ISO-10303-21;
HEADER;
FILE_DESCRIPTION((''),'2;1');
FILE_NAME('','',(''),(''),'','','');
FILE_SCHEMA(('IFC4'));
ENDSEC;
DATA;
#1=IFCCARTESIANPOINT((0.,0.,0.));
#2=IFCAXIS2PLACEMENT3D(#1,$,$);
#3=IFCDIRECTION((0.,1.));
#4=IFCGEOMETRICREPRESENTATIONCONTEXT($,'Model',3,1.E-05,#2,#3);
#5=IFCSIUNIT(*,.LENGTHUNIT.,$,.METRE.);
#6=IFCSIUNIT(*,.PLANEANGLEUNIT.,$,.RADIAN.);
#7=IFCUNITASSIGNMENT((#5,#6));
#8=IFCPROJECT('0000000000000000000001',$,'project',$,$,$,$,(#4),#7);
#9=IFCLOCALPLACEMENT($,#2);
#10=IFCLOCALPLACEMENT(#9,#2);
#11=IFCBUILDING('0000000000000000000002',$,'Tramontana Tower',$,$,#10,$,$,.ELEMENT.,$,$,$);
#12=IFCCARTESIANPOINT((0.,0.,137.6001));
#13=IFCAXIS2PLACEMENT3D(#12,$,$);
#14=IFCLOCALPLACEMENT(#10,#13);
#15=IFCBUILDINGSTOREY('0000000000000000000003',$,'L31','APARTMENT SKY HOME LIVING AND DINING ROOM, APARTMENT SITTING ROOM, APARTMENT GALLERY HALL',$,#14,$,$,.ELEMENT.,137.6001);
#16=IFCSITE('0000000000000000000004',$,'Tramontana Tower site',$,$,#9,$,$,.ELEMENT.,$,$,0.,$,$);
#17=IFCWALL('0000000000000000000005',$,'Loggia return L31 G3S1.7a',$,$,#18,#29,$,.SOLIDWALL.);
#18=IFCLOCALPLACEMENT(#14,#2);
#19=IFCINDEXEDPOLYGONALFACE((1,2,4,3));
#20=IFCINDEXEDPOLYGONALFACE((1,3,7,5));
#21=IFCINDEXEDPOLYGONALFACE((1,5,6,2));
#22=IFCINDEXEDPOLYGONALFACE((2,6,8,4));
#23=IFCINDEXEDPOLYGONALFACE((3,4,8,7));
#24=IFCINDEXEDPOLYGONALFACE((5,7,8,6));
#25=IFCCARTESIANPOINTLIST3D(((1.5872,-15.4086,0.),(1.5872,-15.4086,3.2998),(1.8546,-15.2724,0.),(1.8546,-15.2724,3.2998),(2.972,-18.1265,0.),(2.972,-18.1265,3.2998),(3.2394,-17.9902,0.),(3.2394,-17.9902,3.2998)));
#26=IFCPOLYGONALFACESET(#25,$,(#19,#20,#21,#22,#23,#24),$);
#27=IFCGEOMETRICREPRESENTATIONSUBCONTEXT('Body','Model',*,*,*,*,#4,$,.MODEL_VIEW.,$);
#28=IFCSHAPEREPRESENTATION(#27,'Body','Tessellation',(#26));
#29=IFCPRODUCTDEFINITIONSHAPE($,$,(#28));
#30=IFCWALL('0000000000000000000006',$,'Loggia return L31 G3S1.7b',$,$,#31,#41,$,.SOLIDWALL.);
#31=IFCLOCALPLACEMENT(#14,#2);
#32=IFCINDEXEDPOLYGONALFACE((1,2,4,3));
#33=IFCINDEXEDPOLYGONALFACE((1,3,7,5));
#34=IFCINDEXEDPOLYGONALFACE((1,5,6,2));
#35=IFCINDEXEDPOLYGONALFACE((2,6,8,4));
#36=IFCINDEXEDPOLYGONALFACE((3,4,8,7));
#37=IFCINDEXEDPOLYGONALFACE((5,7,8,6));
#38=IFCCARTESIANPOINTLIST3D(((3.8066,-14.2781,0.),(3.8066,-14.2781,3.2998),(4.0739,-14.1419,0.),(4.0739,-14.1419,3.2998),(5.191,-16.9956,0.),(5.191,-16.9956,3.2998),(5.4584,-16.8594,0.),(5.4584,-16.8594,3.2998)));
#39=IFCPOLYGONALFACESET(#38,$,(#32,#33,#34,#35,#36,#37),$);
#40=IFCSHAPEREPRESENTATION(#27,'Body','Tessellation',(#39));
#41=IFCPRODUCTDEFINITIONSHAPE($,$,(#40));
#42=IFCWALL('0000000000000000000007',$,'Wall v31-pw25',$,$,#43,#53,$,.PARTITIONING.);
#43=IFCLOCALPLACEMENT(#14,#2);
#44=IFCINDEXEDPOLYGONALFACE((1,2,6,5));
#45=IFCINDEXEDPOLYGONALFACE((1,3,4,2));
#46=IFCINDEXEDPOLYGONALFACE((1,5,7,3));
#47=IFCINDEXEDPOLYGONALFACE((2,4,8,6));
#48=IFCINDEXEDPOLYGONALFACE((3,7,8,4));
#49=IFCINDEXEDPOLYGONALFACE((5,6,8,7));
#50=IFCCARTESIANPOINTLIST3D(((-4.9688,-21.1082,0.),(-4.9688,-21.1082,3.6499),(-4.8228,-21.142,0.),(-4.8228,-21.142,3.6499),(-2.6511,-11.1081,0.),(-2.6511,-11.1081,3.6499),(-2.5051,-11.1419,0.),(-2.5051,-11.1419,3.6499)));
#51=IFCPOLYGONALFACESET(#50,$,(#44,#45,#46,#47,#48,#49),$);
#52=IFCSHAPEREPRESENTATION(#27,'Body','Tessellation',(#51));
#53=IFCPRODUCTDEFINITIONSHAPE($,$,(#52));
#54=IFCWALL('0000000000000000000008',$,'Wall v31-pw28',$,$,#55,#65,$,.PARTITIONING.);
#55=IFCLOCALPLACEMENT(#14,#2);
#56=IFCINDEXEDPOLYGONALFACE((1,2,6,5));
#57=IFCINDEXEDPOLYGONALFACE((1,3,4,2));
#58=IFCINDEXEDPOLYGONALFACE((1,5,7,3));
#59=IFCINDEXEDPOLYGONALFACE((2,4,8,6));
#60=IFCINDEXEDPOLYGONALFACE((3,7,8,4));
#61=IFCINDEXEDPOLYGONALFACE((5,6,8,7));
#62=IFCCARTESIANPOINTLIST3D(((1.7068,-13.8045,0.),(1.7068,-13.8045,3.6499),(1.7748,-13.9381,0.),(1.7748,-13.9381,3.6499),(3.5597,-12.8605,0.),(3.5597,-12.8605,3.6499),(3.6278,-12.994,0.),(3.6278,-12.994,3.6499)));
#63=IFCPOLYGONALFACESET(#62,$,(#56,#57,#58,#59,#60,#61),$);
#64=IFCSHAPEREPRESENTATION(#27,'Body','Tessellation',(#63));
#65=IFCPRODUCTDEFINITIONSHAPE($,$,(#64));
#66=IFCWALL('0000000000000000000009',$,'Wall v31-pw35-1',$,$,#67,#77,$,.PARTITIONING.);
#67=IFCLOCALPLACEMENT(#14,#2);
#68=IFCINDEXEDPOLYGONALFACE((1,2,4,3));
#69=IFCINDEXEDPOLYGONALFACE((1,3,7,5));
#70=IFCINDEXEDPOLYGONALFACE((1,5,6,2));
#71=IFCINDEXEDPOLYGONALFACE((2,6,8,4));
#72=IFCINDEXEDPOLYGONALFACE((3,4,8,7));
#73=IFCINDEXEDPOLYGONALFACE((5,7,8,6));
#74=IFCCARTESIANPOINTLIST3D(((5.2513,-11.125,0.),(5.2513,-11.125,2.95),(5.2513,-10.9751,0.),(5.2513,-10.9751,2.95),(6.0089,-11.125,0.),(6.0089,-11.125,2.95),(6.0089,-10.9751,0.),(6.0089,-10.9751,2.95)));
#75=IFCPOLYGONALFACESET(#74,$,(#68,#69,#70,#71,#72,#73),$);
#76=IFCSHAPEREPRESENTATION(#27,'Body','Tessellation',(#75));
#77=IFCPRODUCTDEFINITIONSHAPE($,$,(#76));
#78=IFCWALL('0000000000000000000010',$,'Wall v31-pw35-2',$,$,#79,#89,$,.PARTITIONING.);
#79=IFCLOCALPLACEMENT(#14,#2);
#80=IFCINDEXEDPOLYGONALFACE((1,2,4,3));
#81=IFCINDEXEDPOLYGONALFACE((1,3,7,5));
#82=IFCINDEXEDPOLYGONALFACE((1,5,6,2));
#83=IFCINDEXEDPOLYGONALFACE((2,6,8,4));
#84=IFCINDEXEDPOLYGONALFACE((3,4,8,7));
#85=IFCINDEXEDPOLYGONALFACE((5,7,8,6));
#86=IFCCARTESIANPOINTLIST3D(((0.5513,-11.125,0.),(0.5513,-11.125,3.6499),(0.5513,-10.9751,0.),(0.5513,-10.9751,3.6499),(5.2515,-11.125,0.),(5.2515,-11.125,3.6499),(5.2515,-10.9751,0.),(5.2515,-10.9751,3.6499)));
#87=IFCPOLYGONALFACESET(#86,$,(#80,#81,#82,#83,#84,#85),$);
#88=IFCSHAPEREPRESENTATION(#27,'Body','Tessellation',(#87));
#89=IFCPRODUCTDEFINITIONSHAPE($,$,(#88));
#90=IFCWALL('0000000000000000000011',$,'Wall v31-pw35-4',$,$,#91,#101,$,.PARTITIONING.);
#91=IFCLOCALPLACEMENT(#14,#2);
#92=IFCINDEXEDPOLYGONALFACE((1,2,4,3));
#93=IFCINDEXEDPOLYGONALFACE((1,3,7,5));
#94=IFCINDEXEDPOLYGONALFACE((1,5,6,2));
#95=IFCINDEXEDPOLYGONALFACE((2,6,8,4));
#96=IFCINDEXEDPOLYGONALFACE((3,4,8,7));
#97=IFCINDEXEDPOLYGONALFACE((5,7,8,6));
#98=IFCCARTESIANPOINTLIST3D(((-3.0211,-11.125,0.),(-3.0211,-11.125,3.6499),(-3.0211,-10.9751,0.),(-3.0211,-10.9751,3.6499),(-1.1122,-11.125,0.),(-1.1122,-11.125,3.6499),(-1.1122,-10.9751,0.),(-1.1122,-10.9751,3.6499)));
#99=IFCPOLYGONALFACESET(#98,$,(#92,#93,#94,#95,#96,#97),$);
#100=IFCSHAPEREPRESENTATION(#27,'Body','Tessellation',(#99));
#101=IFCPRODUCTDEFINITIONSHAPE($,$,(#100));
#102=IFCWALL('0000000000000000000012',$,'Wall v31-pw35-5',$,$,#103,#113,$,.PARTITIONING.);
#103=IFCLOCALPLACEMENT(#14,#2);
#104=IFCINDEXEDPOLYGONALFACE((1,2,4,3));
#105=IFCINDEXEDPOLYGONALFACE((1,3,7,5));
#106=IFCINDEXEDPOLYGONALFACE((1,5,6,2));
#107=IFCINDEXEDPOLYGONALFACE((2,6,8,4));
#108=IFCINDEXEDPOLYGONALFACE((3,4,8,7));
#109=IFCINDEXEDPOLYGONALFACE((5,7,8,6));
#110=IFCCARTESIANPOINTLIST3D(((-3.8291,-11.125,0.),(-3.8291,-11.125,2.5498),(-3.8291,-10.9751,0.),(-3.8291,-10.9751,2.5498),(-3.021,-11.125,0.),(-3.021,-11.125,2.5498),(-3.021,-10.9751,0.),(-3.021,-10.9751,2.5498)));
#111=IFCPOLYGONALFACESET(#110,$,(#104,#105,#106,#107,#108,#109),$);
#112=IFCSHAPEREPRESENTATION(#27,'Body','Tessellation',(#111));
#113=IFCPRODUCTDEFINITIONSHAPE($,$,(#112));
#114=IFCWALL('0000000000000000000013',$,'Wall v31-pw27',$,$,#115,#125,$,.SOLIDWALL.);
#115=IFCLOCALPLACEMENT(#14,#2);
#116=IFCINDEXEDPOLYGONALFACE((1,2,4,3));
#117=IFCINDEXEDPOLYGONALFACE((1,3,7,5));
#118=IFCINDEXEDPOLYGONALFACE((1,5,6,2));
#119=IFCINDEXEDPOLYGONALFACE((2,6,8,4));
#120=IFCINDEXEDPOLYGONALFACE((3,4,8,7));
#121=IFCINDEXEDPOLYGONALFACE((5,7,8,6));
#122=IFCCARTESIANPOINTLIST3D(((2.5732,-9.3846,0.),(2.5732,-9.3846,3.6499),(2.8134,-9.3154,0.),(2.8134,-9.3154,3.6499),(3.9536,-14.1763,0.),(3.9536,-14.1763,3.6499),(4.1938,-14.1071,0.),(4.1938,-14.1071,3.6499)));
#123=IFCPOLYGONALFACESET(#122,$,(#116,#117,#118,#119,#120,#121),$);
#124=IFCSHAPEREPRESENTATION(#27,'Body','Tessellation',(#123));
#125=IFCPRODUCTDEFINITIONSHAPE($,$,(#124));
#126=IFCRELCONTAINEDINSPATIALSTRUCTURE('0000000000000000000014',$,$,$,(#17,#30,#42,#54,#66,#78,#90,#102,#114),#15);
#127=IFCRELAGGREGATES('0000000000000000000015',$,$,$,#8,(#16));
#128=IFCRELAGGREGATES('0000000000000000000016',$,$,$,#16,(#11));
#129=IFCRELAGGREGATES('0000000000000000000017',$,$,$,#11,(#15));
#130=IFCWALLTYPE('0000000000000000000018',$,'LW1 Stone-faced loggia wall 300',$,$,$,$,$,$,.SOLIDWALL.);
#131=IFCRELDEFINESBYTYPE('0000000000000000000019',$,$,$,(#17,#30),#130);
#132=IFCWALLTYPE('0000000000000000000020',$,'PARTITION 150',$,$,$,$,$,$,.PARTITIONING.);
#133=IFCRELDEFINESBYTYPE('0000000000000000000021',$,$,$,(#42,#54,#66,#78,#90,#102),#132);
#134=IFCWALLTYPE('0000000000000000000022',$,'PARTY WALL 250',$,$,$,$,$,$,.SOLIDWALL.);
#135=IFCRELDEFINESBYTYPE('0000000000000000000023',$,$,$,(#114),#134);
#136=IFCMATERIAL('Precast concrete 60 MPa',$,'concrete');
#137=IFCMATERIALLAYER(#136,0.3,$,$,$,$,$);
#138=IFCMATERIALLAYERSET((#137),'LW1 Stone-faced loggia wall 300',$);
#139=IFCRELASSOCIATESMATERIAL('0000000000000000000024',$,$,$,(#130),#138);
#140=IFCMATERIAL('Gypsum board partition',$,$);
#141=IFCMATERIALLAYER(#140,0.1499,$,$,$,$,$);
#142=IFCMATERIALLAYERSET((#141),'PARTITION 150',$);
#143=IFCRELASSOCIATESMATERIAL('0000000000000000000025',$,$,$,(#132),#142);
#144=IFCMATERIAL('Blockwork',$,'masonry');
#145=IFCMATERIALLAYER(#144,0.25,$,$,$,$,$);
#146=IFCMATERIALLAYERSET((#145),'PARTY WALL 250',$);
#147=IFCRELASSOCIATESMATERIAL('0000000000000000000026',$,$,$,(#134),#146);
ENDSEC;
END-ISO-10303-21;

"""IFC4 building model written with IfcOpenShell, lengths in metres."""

from ifc_helpers import new_model, si_unit, direction, frame, frame_2d, origin, place, context, subcontext, project, spatial, rectangle, extrude, material, layer, layer_set, type_object, element, save


model = new_model("IFC4")

# Units and contexts
model_context = context("Model", 3, precision=1e-05, world=origin(), true_north=direction((0.0, 1.0)))
body_context = subcontext(model_context, "Body", "Model", "MODEL_VIEW")
ifc_project = project(units=[si_unit("LENGTHUNIT", "METRE"), si_unit("PLANEANGLEUNIT", "RADIAN")], contexts=[model_context])

# Site, building, storey
site_placement = place(None, origin())
site = spatial("IfcSite", under=ifc_project, at=site_placement, Name="Tramontana Tower site", CompositionType="ELEMENT", RefElevation=0.0)
building_placement = place(site_placement, origin())
building = spatial("IfcBuilding", under=site, at=building_placement, Name="Tramontana Tower", CompositionType="ELEMENT")
storey_placement = place(building_placement, frame((0.0, 0.0, 137.6001)))
storey = spatial("IfcBuildingStorey", under=building, at=storey_placement, Name="L31", Description="APARTMENT SKY HOME LIVING AND DINING ROOM, APARTMENT SITTING ROOM, APARTMENT GALLERY HALL", CompositionType="ELEMENT", Elevation=137.6001)

# Shared definitions
ifc_material_1 = material(Name="Precast concrete 60 MPa", Category="concrete")
ifc_layer_1 = layer(ifc_material_1, 0.3)
ifc_layer_set_1 = layer_set([ifc_layer_1], Name="LW1 Stone-faced loggia wall 300")
wall_type_1 = type_object("IfcWallType", Name="LW1 Stone-faced loggia wall 300", PredefinedType="SOLIDWALL", material=ifc_layer_set_1)

# Walls
wall_1_placement = place(storey_placement, frame((3.1057, -18.0583, 0.0), z_axis=(0.0, 0.0, 1.0), x_axis=(-0.453988, 0.891008, 0.0)))
element("IfcWall", 1, at=wall_1_placement, inside=storey, type_object=wall_type_1, Name="Loggia return L31 G3S1.7a", PredefinedType="SOLIDWALL", context=body_context, shape_type="SweptSolid", body=[
    extrude(rectangle(XDim=3.0503, YDim=0.3, at=frame_2d((1.5251, 0.0))), origin(), (0.0, 0.0, 1.0), 3.2998),
])
wall_2_placement = place(storey_placement, frame((5.3247, -16.9275, 0.0), z_axis=(0.0, 0.0, 1.0), x_axis=(-0.453957, 0.891024, 0.0)))
element("IfcWall", 2, at=wall_2_placement, inside=storey, type_object=wall_type_1, Name="Loggia return L31 G3S1.7b", PredefinedType="SOLIDWALL", context=body_context, shape_type="SweptSolid", body=[
    extrude(rectangle(XDim=3.0498, YDim=0.3, at=frame_2d((1.5249, 0.0))), origin(), (0.0, 0.0, 1.0), 3.2998),
])
ifc_material_2 = material(Name="Gypsum board partition")
ifc_layer_2 = layer(ifc_material_2, 0.1499)
ifc_layer_set_2 = layer_set([ifc_layer_2], Name="PARTITION 150")
wall_type_2 = type_object("IfcWallType", Name="PARTITION 150", PredefinedType="PARTITIONING", material=ifc_layer_set_2)
wall_3_placement = place(storey_placement, frame((-2.5781, -11.125, 0.0), z_axis=(0.0, 0.0, 1.0), x_axis=(-0.225778, -0.974179, 0.0)))
element("IfcWall", 3, at=wall_3_placement, inside=storey, type_object=wall_type_2, Name="Wall v31-pw25", PredefinedType="PARTITIONING", context=body_context, shape_type="SweptSolid", body=[
    extrude(rectangle(XDim=10.2651, YDim=0.1499, at=frame_2d((5.1326, 0.0))), origin(), (0.0, 0.0, 1.0), 3.6499),
])

# Walls
wall_4_placement = place(storey_placement, frame((3.5938, -12.9272, 0.0), z_axis=(0.0, 0.0, 1.0), x_axis=(-0.891021, -0.453963, 0.0)))
element("IfcWall", 4, at=wall_4_placement, inside=storey, type_object=wall_type_2, Name="Wall v31-pw28", PredefinedType="PARTITIONING", context=body_context, shape_type="SweptSolid", body=[
    extrude(rectangle(XDim=2.0796, YDim=0.1499, at=frame_2d((1.0398, 0.0))), origin(), (0.0, 0.0, 1.0), 3.6499),
])
wall_5_placement = place(storey_placement, frame((6.009, -11.05, 0.0), z_axis=(0.0, 0.0, 1.0), x_axis=(-1.0, 0.0, 0.0)))
element("IfcWall", 5, at=wall_5_placement, inside=storey, type_object=wall_type_2, Name="Wall v31-pw35-1", PredefinedType="PARTITIONING", context=body_context, shape_type="SweptSolid", body=[
    extrude(rectangle(XDim=0.7576, YDim=0.1499, at=frame_2d((0.3789, 0.0))), origin(), (0.0, 0.0, 1.0), 2.95),
])
wall_6_placement = place(storey_placement, frame((5.2515, -11.05, 0.0), z_axis=(0.0, 0.0, 1.0), x_axis=(-1.0, 0.0, 0.0)))
element("IfcWall", 6, at=wall_6_placement, inside=storey, type_object=wall_type_2, Name="Wall v31-pw35-2", PredefinedType="PARTITIONING", context=body_context, shape_type="SweptSolid", body=[
    extrude(rectangle(XDim=4.7002, YDim=0.1499, at=frame_2d((2.3501, 0.0))), origin(), (0.0, 0.0, 1.0), 3.6499),
])

# Walls
wall_7_placement = place(storey_placement, frame((-1.1121, -11.05, 0.0), z_axis=(0.0, 0.0, 1.0), x_axis=(-1.0, 0.0, 0.0)))
element("IfcWall", 7, at=wall_7_placement, inside=storey, type_object=wall_type_2, Name="Wall v31-pw35-4", PredefinedType="PARTITIONING", context=body_context, shape_type="SweptSolid", body=[
    extrude(rectangle(XDim=1.9089, YDim=0.1499, at=frame_2d((0.9546, 0.0))), origin(), (0.0, 0.0, 1.0), 3.6499),
])
wall_8_placement = place(storey_placement, frame((-3.021, -11.05, 0.0), z_axis=(0.0, 0.0, 1.0), x_axis=(-1.0, 0.0, 0.0)))
element("IfcWall", 8, at=wall_8_placement, inside=storey, type_object=wall_type_2, Name="Wall v31-pw35-5", PredefinedType="PARTITIONING", context=body_context, shape_type="SweptSolid", body=[
    extrude(rectangle(XDim=0.8081, YDim=0.1499, at=frame_2d((0.4041, 0.0))), origin(), (0.0, 0.0, 1.0), 2.5498),
])
ifc_material_3 = material(Name="Blockwork", Category="masonry")
ifc_layer_3 = layer(ifc_material_3, 0.25)
ifc_layer_set_3 = layer_set([ifc_layer_3], Name="PARTY WALL 250")
wall_type_3 = type_object("IfcWallType", Name="PARTY WALL 250", PredefinedType="SOLIDWALL", material=ifc_layer_set_3)
wall_9_placement = place(storey_placement, frame((2.6934, -9.3501, 0.0), z_axis=(0.0, 0.0, 1.0), x_axis=(0.276816, -0.960923, 0.0)))
element("IfcWall", 9, at=wall_9_placement, inside=storey, type_object=wall_type_3, Name="Wall v31-pw27", PredefinedType="SOLIDWALL", context=body_context, shape_type="SweptSolid", body=[
    extrude(rectangle(XDim=4.9866, YDim=0.25, at=frame_2d((2.4932, 0.0))), origin(), (0.0, 0.0, 1.0), 3.6499),
])

save(model, "model.ifc")
